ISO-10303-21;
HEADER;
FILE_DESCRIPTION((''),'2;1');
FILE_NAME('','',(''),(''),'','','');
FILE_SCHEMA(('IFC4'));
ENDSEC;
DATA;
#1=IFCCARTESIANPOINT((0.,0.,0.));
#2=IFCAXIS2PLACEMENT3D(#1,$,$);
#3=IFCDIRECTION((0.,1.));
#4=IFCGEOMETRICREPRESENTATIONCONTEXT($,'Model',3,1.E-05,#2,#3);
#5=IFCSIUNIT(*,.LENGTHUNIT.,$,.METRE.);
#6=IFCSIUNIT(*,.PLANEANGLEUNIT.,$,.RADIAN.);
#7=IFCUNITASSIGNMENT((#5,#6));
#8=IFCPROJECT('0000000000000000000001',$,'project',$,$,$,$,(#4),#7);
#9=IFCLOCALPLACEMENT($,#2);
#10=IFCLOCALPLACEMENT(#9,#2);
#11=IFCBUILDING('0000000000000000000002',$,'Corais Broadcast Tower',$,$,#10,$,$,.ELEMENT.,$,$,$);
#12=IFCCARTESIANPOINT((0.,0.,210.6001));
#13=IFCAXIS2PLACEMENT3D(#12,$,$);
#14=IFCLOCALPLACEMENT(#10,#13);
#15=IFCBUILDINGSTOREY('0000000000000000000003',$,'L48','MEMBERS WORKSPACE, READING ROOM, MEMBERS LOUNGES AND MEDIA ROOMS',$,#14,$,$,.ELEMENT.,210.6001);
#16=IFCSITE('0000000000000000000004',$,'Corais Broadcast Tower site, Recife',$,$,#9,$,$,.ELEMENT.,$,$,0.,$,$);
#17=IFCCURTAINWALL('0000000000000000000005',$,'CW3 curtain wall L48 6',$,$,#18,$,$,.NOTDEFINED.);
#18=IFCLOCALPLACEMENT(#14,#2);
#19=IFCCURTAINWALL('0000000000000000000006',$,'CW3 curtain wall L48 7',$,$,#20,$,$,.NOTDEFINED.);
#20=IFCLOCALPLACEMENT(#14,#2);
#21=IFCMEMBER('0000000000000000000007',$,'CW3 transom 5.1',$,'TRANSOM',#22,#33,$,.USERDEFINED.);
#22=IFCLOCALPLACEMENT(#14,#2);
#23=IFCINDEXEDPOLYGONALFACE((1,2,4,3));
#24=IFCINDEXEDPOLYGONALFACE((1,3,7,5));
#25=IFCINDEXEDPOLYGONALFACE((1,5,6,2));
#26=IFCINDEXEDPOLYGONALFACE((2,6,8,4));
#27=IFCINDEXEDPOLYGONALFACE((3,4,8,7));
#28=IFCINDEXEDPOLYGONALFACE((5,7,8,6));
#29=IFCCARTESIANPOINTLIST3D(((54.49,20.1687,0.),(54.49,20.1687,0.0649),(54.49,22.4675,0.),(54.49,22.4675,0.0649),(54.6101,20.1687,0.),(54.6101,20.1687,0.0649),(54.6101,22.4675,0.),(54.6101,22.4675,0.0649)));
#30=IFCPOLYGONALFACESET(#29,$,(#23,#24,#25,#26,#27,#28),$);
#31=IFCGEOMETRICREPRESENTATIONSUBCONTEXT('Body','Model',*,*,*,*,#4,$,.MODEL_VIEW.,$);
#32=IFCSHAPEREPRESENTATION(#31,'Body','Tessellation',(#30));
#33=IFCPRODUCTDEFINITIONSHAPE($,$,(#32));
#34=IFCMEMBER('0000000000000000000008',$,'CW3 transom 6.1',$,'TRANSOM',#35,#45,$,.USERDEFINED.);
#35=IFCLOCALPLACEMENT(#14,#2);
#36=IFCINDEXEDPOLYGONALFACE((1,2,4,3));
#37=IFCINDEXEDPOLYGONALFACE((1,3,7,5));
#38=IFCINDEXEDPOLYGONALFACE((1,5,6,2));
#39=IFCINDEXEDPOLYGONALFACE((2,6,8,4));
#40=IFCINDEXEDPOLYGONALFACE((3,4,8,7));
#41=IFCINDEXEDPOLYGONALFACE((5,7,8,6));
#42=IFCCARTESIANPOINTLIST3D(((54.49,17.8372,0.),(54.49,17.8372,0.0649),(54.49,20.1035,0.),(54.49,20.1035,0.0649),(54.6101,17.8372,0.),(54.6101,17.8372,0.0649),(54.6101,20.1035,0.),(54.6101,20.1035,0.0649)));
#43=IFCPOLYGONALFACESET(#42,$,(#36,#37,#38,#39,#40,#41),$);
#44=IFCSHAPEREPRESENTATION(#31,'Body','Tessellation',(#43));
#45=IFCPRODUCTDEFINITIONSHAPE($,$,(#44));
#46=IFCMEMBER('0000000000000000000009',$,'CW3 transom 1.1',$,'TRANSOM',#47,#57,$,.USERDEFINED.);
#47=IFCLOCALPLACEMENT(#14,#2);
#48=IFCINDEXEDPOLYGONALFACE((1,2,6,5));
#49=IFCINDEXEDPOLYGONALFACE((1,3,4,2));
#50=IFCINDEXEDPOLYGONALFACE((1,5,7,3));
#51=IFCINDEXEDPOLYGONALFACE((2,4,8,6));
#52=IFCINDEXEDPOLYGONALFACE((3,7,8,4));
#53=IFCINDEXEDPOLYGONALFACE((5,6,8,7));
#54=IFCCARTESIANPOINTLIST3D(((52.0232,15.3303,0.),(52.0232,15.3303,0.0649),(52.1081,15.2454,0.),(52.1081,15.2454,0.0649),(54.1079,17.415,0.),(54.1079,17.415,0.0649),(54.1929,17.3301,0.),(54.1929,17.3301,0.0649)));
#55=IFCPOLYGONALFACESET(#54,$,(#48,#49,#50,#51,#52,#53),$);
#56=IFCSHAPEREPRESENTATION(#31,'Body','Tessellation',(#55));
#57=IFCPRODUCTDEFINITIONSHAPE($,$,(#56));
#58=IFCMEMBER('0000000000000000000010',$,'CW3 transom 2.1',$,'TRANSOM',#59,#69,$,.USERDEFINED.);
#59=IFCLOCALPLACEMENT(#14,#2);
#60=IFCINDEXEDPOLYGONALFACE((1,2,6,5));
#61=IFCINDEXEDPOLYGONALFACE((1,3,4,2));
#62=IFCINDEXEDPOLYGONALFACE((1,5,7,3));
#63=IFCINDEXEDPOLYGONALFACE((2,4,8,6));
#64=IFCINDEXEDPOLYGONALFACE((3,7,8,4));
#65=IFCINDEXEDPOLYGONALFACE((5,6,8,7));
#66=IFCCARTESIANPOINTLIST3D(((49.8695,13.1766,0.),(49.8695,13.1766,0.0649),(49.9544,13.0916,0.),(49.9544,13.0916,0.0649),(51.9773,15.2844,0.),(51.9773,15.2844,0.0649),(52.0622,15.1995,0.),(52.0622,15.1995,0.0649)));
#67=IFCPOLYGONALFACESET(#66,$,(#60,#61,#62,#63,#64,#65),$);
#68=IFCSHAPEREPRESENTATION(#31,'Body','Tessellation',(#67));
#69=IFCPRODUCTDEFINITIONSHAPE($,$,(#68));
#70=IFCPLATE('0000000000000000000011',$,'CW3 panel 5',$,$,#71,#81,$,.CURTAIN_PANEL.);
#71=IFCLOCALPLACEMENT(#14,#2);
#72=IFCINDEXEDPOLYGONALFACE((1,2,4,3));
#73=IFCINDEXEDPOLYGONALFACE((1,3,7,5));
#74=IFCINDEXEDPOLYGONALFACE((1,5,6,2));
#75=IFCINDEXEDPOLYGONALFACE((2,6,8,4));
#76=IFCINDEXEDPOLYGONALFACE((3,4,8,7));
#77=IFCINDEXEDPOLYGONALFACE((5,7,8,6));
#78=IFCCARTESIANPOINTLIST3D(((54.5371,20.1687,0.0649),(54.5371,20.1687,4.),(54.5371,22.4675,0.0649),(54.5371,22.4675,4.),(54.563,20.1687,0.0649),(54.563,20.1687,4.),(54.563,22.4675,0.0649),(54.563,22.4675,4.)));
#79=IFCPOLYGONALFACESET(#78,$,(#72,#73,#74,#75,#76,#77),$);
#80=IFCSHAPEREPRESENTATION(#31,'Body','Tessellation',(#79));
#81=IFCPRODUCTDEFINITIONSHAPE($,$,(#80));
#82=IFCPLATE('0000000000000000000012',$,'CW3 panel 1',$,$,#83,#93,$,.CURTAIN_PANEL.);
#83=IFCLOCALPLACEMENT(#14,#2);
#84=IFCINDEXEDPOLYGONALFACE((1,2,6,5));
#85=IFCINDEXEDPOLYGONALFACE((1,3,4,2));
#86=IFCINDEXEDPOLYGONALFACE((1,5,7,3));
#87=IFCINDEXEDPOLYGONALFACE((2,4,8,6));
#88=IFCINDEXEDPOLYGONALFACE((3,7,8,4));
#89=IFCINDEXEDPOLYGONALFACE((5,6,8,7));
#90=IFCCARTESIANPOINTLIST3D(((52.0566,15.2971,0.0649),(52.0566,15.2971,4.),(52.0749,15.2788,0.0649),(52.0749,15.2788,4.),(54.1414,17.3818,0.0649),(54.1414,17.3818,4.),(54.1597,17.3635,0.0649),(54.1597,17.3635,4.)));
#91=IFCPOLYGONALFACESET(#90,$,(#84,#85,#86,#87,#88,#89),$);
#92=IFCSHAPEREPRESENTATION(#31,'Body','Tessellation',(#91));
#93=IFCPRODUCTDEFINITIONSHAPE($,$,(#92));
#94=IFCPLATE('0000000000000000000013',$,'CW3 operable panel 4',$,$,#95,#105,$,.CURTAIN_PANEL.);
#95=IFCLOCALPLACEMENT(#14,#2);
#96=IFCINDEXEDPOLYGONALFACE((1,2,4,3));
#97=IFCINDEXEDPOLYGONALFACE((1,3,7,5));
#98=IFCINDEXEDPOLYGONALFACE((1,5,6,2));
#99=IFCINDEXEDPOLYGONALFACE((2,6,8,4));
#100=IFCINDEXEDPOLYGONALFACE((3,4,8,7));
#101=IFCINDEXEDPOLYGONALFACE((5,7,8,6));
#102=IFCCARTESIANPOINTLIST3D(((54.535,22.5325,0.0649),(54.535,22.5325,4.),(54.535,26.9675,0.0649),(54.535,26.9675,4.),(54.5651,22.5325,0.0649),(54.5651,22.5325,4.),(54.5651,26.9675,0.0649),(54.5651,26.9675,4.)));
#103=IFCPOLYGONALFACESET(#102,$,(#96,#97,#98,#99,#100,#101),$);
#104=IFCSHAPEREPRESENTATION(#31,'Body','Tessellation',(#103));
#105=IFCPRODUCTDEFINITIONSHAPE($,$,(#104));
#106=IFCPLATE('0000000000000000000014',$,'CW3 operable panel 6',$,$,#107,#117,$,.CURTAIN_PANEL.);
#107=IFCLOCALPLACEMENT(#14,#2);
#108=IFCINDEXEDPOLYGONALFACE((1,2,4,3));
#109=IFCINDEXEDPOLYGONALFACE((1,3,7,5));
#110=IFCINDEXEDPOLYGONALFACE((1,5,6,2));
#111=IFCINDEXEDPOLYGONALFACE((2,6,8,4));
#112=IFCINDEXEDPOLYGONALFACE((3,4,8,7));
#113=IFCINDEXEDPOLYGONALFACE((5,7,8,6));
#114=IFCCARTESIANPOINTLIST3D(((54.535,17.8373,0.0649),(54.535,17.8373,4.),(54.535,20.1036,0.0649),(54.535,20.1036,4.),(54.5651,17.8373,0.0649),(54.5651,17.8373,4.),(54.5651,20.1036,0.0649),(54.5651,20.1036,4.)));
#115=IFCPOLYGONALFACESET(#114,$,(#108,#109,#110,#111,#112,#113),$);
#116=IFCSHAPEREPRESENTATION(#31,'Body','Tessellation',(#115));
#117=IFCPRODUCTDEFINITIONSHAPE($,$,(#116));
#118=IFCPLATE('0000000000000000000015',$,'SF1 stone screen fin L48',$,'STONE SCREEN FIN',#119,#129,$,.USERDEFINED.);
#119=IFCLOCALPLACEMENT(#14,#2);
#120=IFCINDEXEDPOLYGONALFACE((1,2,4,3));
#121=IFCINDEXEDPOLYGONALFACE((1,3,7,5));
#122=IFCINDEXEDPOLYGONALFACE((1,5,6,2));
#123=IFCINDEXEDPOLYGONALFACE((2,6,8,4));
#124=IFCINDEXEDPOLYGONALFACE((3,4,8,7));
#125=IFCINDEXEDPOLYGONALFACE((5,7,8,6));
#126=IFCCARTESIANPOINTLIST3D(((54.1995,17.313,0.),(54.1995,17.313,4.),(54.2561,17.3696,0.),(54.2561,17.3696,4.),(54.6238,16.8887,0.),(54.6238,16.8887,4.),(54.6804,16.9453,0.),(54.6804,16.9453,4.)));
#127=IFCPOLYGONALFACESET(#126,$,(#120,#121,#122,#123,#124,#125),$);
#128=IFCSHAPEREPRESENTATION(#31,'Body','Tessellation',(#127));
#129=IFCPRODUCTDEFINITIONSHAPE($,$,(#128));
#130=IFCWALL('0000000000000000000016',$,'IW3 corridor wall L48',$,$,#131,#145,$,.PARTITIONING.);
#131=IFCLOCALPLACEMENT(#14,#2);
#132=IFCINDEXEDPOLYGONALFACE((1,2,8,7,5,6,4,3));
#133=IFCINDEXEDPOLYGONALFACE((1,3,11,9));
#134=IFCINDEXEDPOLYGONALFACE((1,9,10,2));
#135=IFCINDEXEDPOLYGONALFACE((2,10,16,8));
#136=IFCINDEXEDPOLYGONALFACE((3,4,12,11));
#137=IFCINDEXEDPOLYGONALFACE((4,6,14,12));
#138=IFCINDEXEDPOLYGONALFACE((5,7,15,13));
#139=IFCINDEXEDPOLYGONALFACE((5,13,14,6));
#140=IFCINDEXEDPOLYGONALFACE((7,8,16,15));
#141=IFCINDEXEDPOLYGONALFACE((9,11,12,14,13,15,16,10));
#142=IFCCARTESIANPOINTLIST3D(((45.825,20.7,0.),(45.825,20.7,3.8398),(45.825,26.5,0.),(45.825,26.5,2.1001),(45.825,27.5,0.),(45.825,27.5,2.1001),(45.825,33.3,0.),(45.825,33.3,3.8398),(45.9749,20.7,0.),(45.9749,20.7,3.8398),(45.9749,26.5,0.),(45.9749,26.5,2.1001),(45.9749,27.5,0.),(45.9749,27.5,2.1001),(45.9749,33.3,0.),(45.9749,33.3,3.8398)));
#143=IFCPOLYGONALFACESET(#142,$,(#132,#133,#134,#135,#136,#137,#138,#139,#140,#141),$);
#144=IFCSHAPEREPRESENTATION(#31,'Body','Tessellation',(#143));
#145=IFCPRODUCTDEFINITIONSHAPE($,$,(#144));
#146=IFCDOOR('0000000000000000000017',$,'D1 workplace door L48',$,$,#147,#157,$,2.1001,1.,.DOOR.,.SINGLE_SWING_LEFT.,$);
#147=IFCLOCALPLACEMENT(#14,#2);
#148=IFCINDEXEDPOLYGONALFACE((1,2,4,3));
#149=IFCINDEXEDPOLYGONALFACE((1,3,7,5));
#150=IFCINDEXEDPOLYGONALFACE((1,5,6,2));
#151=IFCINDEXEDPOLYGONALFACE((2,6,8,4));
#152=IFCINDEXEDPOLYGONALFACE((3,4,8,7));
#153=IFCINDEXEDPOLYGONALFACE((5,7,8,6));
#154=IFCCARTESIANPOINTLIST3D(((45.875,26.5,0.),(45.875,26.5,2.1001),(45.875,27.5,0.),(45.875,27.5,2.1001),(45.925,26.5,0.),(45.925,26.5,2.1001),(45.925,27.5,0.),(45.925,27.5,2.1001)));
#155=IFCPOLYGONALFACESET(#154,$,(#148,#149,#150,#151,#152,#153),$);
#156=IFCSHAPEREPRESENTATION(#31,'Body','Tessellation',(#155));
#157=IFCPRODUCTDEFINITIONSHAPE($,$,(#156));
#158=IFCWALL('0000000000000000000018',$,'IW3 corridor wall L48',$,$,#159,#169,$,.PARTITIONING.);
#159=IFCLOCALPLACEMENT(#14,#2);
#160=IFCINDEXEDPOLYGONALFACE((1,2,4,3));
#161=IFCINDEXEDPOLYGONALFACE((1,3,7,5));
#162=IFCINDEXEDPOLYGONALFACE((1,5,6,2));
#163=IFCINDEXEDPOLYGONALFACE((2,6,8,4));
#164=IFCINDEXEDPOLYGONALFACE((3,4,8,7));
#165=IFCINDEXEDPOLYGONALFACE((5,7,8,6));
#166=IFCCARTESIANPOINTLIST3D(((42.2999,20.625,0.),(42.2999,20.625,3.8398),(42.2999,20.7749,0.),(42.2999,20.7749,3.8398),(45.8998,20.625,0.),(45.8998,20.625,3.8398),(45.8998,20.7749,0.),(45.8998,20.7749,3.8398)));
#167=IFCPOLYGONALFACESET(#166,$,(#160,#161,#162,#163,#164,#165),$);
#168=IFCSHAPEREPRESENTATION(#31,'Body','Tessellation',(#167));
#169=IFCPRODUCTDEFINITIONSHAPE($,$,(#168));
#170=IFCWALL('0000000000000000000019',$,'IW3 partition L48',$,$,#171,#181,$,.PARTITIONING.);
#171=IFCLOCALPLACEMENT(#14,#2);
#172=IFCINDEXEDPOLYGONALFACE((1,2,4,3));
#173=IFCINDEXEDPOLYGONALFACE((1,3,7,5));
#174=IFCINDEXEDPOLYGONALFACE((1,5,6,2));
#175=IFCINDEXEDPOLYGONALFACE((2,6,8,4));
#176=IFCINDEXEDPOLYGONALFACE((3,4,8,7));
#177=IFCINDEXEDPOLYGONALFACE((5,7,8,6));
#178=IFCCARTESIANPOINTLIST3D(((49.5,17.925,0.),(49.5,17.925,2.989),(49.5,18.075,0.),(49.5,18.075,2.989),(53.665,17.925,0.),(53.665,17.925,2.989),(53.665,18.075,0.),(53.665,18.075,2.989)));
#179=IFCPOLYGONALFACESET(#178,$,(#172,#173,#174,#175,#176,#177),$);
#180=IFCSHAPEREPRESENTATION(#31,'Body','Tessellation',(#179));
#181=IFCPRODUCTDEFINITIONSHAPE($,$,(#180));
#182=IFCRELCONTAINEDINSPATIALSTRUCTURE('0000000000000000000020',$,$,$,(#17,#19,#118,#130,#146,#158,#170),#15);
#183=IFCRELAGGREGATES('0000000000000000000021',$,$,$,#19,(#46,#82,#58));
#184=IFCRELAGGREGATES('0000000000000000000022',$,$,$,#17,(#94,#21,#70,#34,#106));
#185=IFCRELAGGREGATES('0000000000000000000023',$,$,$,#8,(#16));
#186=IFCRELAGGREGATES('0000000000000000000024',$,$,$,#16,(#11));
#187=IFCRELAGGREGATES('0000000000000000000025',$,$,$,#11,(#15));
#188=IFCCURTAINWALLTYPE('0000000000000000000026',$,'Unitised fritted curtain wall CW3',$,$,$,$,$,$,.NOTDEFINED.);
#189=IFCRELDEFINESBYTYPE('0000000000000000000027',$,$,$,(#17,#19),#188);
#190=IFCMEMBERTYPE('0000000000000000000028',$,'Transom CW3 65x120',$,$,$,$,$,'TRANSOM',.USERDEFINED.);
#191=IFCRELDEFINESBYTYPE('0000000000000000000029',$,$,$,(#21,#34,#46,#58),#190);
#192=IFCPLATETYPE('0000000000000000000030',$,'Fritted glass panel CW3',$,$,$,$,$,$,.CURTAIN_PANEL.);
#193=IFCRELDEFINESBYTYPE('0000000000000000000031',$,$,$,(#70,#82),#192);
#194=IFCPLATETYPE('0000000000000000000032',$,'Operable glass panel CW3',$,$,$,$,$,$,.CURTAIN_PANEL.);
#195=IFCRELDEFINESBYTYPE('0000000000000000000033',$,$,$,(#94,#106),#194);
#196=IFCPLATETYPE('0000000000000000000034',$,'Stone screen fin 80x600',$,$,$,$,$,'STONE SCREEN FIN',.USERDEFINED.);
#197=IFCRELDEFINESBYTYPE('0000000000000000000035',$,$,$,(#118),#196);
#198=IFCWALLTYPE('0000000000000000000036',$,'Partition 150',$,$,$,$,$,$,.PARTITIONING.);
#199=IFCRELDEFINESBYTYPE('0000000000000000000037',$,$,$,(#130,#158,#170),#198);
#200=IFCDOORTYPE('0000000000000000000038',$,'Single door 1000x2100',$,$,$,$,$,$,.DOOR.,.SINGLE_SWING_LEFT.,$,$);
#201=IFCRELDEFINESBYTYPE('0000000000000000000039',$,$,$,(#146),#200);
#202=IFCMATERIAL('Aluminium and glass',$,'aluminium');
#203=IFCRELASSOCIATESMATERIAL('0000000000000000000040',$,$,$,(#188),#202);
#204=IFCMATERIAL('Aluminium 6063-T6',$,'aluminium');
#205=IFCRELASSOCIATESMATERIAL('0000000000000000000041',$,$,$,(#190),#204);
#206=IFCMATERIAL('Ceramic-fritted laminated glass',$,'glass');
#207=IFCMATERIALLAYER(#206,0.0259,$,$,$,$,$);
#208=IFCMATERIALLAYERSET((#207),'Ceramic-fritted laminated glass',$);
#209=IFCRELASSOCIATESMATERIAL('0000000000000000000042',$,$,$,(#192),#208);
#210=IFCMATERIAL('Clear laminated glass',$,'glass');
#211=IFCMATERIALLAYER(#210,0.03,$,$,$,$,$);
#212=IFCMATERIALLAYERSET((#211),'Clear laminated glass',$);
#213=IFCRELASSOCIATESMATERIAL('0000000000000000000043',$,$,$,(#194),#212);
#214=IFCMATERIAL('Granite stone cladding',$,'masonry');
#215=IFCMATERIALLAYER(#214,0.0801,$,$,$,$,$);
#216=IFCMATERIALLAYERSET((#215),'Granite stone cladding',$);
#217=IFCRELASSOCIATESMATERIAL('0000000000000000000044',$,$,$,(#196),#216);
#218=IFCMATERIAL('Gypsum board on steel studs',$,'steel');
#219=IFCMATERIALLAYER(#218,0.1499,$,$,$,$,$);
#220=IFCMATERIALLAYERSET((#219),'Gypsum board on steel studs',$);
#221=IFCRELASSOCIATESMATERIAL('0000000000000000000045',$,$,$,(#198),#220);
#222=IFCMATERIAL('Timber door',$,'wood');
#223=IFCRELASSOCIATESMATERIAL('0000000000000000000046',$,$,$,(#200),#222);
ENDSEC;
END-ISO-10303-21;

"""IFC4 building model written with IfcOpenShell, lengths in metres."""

from ifc_helpers import new_model, si_unit, direction, frame, frame_2d, origin, origin_2d, place, context, subcontext, project, spatial, rectangle, extrude, material, layer, layer_set, material_profile, profile_set, type_object, element, fill, aggregate, save


model = new_model("IFC4")

# Units and contexts
model_context = context("Model", 3, precision=1e-05, world=origin(), true_north=direction((0.0, 1.0)))
body_context = subcontext(model_context, "Body", "Model", "MODEL_VIEW")
ifc_project = project(units=[si_unit("LENGTHUNIT", "METRE"), si_unit("PLANEANGLEUNIT", "RADIAN")], contexts=[model_context])

# Site, building, storey
site_placement = place(None, origin())
site = spatial("IfcSite", under=ifc_project, at=site_placement, Name="Corais Broadcast Tower site, Recife", CompositionType="ELEMENT", RefElevation=0.0)
building_placement = place(site_placement, origin())
building = spatial("IfcBuilding", under=site, at=building_placement, Name="Corais Broadcast Tower", CompositionType="ELEMENT")
storey_placement = place(building_placement, frame((0.0, 0.0, 210.6001)))
storey = spatial("IfcBuildingStorey", under=building, at=storey_placement, Name="L48", Description="MEMBERS WORKSPACE, READING ROOM, MEMBERS LOUNGES AND MEDIA ROOMS", CompositionType="ELEMENT", Elevation=210.6001)

# Curtain walls
ifc_material_1 = material(Name="Aluminium and glass", Category="aluminium")
curtain_wall_type = type_object("IfcCurtainWallType", Name="Unitised fritted curtain wall CW3", PredefinedType="NOTDEFINED", material=ifc_material_1)
curtain_wall_1_placement = place(storey_placement, origin())
curtain_wall_1 = element("IfcCurtainWall", 1, at=curtain_wall_1_placement, inside=storey, type_object=curtain_wall_type, Name="CW3 curtain wall L48 6", PredefinedType="NOTDEFINED")
curtain_wall_2_placement = place(storey_placement, origin())
curtain_wall_2 = element("IfcCurtainWall", 2, at=curtain_wall_2_placement, inside=storey, type_object=curtain_wall_type, Name="CW3 curtain wall L48 7", PredefinedType="NOTDEFINED")

# Members
ifc_material_2 = material(Name="Aluminium 6063-T6", Category="aluminium")
ifc_material_profile_1 = material_profile(ifc_material_2, rectangle(XDim=0.1201, YDim=0.0649, at=origin_2d()), Name="Transom CW3 65x120")
ifc_profile_set_1 = profile_set([ifc_material_profile_1], Name="Aluminium 6063-T6")
member_type_1 = type_object("IfcMemberType", Name="Transom CW3 65x120", ElementType="TRANSOM", PredefinedType="USERDEFINED", material=ifc_profile_set_1)
member_1_placement = place(storey_placement, frame((54.55, 22.4675, 0.0325), z_axis=(0.0, -1.0, 0.0), x_axis=(1.0, 0.0, 0.0)))
member_1 = element("IfcMember", 3, at=member_1_placement, type_object=member_type_1, Name="CW3 transom 5.1", ObjectType="TRANSOM", PredefinedType="USERDEFINED", context=body_context, shape_type="SweptSolid", body=[
    extrude(rectangle(XDim=0.1201, YDim=0.0649, at=origin_2d()), origin(), (0.0, 0.0, 1.0), 2.2988),
])
member_2_placement = place(storey_placement, frame((54.55, 20.1035, 0.0325), z_axis=(0.0, -1.0, 0.0), x_axis=(1.0, 0.0, 0.0)))
member_2 = element("IfcMember", 4, at=member_2_placement, type_object=member_type_1, Name="CW3 transom 6.1", ObjectType="TRANSOM", PredefinedType="USERDEFINED", context=body_context, shape_type="SweptSolid", body=[
    extrude(rectangle(XDim=0.1201, YDim=0.0649, at=origin_2d()), origin(), (0.0, 0.0, 1.0), 2.2664),
])
member_3_placement = place(storey_placement, frame((54.1504, 17.3726, 0.0325), z_axis=(-0.707107, -0.707107, 0.0), x_axis=(0.707107, -0.707107, 0.0)))
member_3 = element("IfcMember", 5, at=member_3_placement, type_object=member_type_1, Name="CW3 transom 1.1", ObjectType="TRANSOM", PredefinedType="USERDEFINED", context=body_context, shape_type="SweptSolid", body=[
    extrude(rectangle(XDim=0.1201, YDim=0.0649, at=origin_2d()), origin(), (0.0, 0.0, 1.0), 2.9482),
])
member_4_placement = place(storey_placement, frame((52.0198, 15.2419, 0.0325), z_axis=(-0.707107, -0.707107, 0.0), x_axis=(0.707107, -0.707107, 0.0)))
member_4 = element("IfcMember", 6, at=member_4_placement, type_object=member_type_1, Name="CW3 transom 2.1", ObjectType="TRANSOM", PredefinedType="USERDEFINED", context=body_context, shape_type="SweptSolid", body=[
    extrude(rectangle(XDim=0.1201, YDim=0.0649, at=origin_2d()), origin(), (0.0, 0.0, 1.0), 2.981),
])

# Plates
ifc_material_3 = material(Name="Ceramic-fritted laminated glass", Category="glass")
ifc_layer_1 = layer(ifc_material_3, 0.0259)
ifc_layer_set_1 = layer_set([ifc_layer_1], Name="Ceramic-fritted laminated glass")
plate_type_1 = type_object("IfcPlateType", Name="Fritted glass panel CW3", PredefinedType="CURTAIN_PANEL", material=ifc_layer_set_1)
plate_1_placement = place(storey_placement, frame((54.55, 21.3181, 0.0649), z_axis=(0.0, 0.0, 1.0), x_axis=(0.0, -1.0, 0.0)))
plate_1 = element("IfcPlate", 7, at=plate_1_placement, type_object=plate_type_1, Name="CW3 panel 5", PredefinedType="CURTAIN_PANEL", context=body_context, shape_type="SweptSolid", body=[
    extrude(rectangle(XDim=2.2988, YDim=0.0259, at=origin_2d()), origin(), (0.0, 0.0, 1.0), 3.9351),
])
plate_2_placement = place(storey_placement, frame((53.1082, 16.3303, 0.0649), z_axis=(0.0, 0.0, 1.0), x_axis=(-0.707107, -0.707107, 0.0)))
plate_2 = element("IfcPlate", 8, at=plate_2_placement, type_object=plate_type_1, Name="CW3 panel 1", PredefinedType="CURTAIN_PANEL", context=body_context, shape_type="SweptSolid", body=[
    extrude(rectangle(XDim=2.9482, YDim=0.0259, at=origin_2d()), origin(), (0.0, 0.0, 1.0), 3.9351),
])
aggregate(curtain_wall_2, [member_3, plate_2, member_4])
ifc_material_4 = material(Name="Clear laminated glass", Category="glass")
ifc_layer_2 = layer(ifc_material_4, 0.03)
ifc_layer_set_2 = layer_set([ifc_layer_2], Name="Clear laminated glass")
plate_type_2 = type_object("IfcPlateType", Name="Operable glass panel CW3", PredefinedType="CURTAIN_PANEL", material=ifc_layer_set_2)
plate_3_placement = place(storey_placement, frame((54.55, 24.75, 0.0649), z_axis=(0.0, 0.0, 1.0), x_axis=(0.0, -1.0, 0.0)))
plate_3 = element("IfcPlate", 9, at=plate_3_placement, type_object=plate_type_2, Name="CW3 operable panel 4", PredefinedType="CURTAIN_PANEL", context=body_context, shape_type="SweptSolid", body=[
    extrude(rectangle(XDim=4.4351, YDim=0.03, at=origin_2d()), origin(), (0.0, 0.0, 1.0), 3.9351),
])
plate_4_placement = place(storey_placement, frame((54.55, 18.9705, 0.0649), z_axis=(0.0, 0.0, 1.0), x_axis=(0.0, -1.0, 0.0)))
plate_4 = element("IfcPlate", 10, at=plate_4_placement, type_object=plate_type_2, Name="CW3 operable panel 6", PredefinedType="CURTAIN_PANEL", context=body_context, shape_type="SweptSolid", body=[
    extrude(rectangle(XDim=2.2664, YDim=0.03, at=origin_2d()), origin(), (0.0, 0.0, 1.0), 3.9351),
])
aggregate(curtain_wall_1, [plate_3, member_1, plate_1, member_2, plate_4])
ifc_material_5 = material(Name="Granite stone cladding", Category="masonry")
ifc_layer_3 = layer(ifc_material_5, 0.0801)
ifc_layer_set_3 = layer_set([ifc_layer_3], Name="Granite stone cladding")
plate_type_3 = type_object("IfcPlateType", Name="Stone screen fin 80x600", ElementType="STONE SCREEN FIN", PredefinedType="USERDEFINED", material=ifc_layer_set_3)
plate_5_placement = place(storey_placement, frame((54.4399, 17.1292, 0.0), z_axis=(0.0, 0.0, 1.0), x_axis=(-0.707107, -0.707107, 0.0)))
element("IfcPlate", 11, at=plate_5_placement, inside=storey, type_object=plate_type_3, Name="SF1 stone screen fin L48", ObjectType="STONE SCREEN FIN", PredefinedType="USERDEFINED", context=body_context, shape_type="SweptSolid", body=[
    extrude(rectangle(XDim=0.0801, YDim=0.6001, at=origin_2d()), origin(), (0.0, 0.0, 1.0), 4.0),
])

# Wall, opening, door
ifc_material_6 = material(Name="Gypsum board on steel studs", Category="steel")
ifc_layer_4 = layer(ifc_material_6, 0.1499)
ifc_layer_set_4 = layer_set([ifc_layer_4], Name="Gypsum board on steel studs")
wall_type = type_object("IfcWallType", Name="Partition 150", PredefinedType="PARTITIONING", material=ifc_layer_set_4)
wall_1_placement = place(storey_placement, frame((45.8999, 20.7, 0.0), z_axis=(0.0, 0.0, 1.0), x_axis=(0.0, 1.0, 0.0)))
wall_1 = element("IfcWall", 12, at=wall_1_placement, inside=storey, type_object=wall_type, Name="IW3 corridor wall L48", PredefinedType="PARTITIONING", context=body_context, shape_type="SweptSolid", body=[
    extrude(rectangle(XDim=12.6001, YDim=0.1499, at=frame_2d((6.3, 0.0))), origin(), (0.0, 0.0, 1.0), 3.8398),
])
opening_placement = place(wall_1_placement, frame((5.8, 0.0, 0.0)))
opening = element("IfcOpeningElement", 13, at=opening_placement, cuts=wall_1, PredefinedType="OPENING", context=body_context, shape_type="SweptSolid", body=[
    extrude(rectangle(XDim=1.0, YDim=2.1001, at=frame_2d((0.5, 1.05))), frame((0.0, 0.085, 0.0), z_axis=(0.0, -1.0, 0.0), x_axis=(1.0, 0.0, 0.0)), (0.0, 0.0, 1.0), 0.1699),
])
ifc_material_7 = material(Name="Timber door", Category="wood")
door_type = type_object("IfcDoorType", Name="Single door 1000x2100", OperationType="SINGLE_SWING_LEFT", PredefinedType="DOOR", material=ifc_material_7)
door_placement = place(opening_placement, origin())
door = element("IfcDoor", 14, at=door_placement, inside=storey, type_object=door_type, Name="D1 workplace door L48", OperationType="SINGLE_SWING_LEFT", OverallHeight=2.1001, OverallWidth=1.0, PredefinedType="DOOR", context=body_context, shape_type="SweptSolid", body=[
    extrude(rectangle(XDim=1.0, YDim=2.1001, at=frame_2d((0.5, 1.05))), frame((0.0, 0.0249, 0.0), z_axis=(0.0, -1.0, 0.0), x_axis=(1.0, 0.0, 0.0)), (0.0, 0.0, 1.0), 0.05),
])
fill(opening, door)

# Walls
wall_2_placement = place(storey_placement, frame((42.3, 20.7, 0.0), z_axis=(0.0, 0.0, 1.0), x_axis=(1.0, 0.0, 0.0)))
element("IfcWall", 15, at=wall_2_placement, inside=storey, type_object=wall_type, Name="IW3 corridor wall L48", PredefinedType="PARTITIONING", context=body_context, shape_type="SweptSolid", body=[
    extrude(rectangle(XDim=3.5999, YDim=0.1499, at=frame_2d((1.7998, 0.0))), origin(), (0.0, 0.0, 1.0), 3.8398),
])
wall_3_placement = place(storey_placement, frame((49.5, 18.0, 0.0), z_axis=(0.0, 0.0, 1.0), x_axis=(1.0, 0.0, 0.0)))
element("IfcWall", 16, at=wall_3_placement, inside=storey, type_object=wall_type, Name="IW3 partition L48", PredefinedType="PARTITIONING", context=body_context, shape_type="SweptSolid", body=[
    extrude(rectangle(XDim=4.165, YDim=0.1499, at=frame_2d((2.0825, 0.0))), origin(), (0.0, 0.0, 1.0), 2.989),
])

save(model, "model.ifc")
